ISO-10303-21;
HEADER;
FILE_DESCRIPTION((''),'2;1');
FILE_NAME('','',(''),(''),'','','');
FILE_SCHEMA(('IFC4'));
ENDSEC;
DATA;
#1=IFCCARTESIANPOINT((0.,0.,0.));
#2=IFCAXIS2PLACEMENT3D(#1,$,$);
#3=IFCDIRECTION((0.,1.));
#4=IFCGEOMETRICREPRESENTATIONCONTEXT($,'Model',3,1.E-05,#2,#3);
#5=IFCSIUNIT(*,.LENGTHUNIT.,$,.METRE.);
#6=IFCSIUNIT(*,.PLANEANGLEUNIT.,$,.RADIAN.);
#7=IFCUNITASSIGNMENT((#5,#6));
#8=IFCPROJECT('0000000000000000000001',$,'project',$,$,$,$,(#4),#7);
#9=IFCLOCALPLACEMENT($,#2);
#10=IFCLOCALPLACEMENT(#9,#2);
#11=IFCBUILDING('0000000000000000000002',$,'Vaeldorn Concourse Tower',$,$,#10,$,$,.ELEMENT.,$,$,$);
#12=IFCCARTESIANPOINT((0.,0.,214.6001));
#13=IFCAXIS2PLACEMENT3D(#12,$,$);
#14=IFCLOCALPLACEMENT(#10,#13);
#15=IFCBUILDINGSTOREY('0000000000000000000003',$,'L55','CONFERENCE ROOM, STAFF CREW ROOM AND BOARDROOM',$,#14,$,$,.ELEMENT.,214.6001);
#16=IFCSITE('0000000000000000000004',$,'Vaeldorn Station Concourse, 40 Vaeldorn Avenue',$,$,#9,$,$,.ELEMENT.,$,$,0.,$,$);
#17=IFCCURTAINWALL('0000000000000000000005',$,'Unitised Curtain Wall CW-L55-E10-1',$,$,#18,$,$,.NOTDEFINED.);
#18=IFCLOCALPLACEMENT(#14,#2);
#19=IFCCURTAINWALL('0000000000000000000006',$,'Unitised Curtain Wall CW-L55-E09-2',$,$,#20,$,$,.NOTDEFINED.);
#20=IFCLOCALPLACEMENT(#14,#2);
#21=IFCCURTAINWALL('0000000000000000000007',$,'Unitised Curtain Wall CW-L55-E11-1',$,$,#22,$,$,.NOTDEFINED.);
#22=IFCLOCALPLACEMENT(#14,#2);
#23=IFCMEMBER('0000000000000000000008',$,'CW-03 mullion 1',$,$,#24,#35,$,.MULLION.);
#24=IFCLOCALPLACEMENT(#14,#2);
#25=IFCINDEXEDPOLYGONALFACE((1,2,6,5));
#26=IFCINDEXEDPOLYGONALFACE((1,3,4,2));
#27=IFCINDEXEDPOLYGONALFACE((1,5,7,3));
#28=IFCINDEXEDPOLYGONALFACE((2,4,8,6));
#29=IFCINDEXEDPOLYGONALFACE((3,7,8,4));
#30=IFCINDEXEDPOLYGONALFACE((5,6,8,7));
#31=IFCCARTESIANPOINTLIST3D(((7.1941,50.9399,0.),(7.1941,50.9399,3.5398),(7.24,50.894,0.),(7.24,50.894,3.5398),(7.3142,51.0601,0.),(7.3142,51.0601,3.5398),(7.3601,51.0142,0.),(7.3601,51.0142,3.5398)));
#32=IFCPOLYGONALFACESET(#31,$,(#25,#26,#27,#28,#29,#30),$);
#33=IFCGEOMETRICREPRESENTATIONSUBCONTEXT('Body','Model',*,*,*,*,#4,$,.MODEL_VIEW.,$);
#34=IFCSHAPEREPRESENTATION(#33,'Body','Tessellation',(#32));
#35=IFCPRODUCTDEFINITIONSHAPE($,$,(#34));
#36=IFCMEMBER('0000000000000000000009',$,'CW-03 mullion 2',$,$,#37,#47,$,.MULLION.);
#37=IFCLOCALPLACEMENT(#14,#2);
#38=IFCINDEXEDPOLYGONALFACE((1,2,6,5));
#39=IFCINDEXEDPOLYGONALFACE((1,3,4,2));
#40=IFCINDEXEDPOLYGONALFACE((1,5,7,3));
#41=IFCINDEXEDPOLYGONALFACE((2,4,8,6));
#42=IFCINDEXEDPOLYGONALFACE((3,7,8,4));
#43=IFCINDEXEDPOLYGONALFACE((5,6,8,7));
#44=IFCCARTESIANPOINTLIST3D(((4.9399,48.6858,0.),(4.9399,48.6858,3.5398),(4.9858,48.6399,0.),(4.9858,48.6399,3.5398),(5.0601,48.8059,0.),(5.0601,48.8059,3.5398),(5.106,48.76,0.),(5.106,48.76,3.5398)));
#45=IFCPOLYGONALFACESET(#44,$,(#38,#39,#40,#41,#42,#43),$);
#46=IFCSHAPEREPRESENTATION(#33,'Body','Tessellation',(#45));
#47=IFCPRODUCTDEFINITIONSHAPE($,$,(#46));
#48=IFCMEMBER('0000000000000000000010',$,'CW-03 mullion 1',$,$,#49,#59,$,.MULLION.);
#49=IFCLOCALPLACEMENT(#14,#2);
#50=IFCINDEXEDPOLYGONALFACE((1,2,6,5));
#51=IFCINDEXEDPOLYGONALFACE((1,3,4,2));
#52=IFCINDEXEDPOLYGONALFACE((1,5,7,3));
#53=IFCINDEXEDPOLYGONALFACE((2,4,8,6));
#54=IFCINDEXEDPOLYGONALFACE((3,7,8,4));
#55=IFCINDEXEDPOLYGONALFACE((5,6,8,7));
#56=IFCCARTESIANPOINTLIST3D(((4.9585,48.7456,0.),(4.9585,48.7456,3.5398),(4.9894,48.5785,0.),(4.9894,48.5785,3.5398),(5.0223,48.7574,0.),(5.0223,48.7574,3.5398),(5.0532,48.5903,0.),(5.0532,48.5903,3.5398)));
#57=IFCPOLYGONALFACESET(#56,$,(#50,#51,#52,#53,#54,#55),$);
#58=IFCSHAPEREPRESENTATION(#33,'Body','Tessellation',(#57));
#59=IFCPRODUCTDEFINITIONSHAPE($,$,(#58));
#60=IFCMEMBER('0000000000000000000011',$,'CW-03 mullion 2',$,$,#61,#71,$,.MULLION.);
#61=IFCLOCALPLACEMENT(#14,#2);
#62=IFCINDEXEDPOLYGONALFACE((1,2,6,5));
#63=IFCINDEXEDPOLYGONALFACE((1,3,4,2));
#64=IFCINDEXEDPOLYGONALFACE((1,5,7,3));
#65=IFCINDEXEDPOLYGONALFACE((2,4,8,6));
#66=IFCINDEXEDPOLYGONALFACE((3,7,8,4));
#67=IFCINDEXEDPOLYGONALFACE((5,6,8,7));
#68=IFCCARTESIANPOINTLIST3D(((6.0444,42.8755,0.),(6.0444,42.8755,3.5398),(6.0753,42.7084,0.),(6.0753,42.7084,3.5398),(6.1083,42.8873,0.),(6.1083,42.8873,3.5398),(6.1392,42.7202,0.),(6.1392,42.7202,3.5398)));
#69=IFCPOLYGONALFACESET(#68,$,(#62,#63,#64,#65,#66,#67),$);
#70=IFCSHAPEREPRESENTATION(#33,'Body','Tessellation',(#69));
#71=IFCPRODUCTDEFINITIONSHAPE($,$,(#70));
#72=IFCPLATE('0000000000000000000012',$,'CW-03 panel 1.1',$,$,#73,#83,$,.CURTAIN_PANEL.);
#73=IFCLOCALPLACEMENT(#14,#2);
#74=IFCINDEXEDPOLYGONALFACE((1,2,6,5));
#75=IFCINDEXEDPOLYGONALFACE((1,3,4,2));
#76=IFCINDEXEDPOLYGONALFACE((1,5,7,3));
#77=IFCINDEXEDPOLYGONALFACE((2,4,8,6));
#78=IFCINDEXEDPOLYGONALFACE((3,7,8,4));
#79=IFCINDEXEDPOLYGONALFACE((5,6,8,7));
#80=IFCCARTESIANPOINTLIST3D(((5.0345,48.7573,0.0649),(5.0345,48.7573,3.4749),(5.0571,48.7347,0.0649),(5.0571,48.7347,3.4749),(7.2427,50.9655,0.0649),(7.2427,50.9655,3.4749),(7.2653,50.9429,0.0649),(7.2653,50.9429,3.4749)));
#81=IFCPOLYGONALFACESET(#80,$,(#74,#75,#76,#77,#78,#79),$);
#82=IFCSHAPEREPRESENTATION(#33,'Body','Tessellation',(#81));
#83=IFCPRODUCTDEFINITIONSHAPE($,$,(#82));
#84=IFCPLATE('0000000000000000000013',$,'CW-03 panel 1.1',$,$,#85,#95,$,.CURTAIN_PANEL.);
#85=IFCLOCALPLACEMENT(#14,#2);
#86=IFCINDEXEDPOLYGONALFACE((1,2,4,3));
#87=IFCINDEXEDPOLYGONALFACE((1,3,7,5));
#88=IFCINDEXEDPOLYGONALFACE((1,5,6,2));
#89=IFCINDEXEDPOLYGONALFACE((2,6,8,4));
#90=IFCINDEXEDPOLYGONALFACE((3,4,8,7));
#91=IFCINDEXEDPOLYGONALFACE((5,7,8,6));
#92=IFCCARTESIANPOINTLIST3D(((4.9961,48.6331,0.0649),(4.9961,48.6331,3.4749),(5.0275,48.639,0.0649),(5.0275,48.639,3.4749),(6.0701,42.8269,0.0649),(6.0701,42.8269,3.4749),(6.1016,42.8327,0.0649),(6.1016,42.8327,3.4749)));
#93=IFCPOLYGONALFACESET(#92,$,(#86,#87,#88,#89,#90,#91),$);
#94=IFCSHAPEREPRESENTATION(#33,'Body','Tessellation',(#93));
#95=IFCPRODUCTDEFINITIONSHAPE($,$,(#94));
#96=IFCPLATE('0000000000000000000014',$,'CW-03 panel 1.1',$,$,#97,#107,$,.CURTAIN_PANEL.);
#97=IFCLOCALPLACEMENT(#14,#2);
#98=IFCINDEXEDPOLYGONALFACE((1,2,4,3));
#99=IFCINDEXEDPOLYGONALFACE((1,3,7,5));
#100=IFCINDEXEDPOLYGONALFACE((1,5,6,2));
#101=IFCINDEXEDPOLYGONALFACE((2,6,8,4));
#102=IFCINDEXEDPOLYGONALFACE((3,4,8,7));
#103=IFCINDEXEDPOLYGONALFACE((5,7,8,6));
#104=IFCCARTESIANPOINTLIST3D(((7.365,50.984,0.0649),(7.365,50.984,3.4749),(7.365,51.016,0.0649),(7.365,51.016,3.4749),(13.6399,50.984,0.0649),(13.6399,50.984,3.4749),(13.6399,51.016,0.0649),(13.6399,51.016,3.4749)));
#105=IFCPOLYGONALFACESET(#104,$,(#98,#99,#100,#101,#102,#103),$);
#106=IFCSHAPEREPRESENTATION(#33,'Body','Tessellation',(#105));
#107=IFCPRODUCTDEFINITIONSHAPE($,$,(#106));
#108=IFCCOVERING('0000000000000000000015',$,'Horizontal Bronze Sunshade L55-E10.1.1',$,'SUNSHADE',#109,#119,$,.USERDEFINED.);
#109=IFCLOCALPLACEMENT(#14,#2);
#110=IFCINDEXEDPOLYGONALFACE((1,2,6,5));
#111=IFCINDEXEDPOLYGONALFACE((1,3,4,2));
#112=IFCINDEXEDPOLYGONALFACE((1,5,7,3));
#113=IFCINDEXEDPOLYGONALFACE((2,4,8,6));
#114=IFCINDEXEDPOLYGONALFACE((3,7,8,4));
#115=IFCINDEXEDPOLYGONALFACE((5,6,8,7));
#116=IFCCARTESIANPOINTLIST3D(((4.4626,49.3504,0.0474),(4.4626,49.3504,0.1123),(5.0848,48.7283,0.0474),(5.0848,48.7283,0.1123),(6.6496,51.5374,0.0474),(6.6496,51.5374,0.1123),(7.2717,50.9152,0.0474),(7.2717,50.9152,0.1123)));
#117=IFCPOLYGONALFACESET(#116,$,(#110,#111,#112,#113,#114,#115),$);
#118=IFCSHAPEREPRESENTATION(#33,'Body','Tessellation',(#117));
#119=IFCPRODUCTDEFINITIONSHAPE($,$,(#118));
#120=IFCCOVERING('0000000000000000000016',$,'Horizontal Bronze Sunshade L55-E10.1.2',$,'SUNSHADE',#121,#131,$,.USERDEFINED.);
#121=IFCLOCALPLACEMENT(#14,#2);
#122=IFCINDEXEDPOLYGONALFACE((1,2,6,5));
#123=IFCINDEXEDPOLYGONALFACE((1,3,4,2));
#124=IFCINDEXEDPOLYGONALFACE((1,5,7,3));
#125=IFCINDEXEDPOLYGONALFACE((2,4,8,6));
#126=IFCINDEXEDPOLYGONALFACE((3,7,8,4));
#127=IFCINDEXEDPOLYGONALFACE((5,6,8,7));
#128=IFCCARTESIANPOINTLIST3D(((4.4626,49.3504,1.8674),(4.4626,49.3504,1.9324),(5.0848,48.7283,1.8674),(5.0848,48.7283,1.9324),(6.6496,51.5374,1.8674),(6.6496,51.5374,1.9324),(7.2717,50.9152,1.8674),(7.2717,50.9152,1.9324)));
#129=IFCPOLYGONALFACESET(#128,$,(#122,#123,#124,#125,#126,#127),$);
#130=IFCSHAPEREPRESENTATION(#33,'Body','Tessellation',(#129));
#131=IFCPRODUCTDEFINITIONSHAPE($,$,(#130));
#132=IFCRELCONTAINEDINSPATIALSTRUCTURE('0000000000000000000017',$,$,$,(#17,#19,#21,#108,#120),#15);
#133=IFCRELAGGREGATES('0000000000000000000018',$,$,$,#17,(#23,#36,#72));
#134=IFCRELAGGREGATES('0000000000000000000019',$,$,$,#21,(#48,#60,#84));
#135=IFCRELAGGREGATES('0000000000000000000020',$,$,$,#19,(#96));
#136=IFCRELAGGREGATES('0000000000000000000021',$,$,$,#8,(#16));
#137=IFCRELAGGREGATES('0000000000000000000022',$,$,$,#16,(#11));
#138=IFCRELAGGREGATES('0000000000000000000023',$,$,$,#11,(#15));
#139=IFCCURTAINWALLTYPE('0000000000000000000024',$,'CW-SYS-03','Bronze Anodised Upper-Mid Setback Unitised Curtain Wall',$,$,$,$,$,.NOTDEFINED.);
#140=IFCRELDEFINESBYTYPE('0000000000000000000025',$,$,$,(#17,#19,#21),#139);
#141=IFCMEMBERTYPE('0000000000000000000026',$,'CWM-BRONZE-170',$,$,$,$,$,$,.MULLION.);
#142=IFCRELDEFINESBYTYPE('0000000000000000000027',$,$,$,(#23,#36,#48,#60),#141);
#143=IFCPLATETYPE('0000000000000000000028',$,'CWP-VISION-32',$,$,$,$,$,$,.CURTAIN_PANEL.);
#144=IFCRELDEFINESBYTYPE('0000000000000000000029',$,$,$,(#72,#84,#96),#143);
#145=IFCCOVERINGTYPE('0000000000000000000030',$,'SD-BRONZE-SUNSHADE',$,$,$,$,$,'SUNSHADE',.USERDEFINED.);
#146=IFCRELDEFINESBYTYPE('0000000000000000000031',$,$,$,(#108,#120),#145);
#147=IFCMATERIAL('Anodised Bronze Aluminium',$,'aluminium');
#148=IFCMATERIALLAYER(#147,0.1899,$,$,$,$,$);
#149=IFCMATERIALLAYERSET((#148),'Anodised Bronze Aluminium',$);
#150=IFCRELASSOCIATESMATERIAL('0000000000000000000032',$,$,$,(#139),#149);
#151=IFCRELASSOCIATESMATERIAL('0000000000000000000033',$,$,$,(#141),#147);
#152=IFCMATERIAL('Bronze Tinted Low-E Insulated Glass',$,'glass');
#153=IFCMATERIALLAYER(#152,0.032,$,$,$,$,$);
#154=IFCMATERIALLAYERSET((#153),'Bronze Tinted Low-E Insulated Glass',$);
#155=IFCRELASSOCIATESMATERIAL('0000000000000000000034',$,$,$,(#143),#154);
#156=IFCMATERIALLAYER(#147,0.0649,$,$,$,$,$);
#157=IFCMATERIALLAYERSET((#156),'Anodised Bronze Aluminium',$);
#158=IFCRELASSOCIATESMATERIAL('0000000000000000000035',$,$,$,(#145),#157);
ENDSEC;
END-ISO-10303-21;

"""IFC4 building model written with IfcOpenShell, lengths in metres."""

from ifc_helpers import new_model, si_unit, direction, frame, origin, origin_2d, place, context, subcontext, project, spatial, rectangle, extrude, source, transform, mapped, material, layer, layer_set, material_profile, profile_set, type_object, element, aggregate, save


model = new_model("IFC4")

# Units and contexts
model_context = context("Model", 3, precision=1e-05, world=origin(), true_north=direction((0.0, 1.0)))
body_context = subcontext(model_context, "Body", "Model", "MODEL_VIEW")
ifc_project = project(units=[si_unit("LENGTHUNIT", "METRE"), si_unit("PLANEANGLEUNIT", "RADIAN")], contexts=[model_context])

# Site, building, storey
site_placement = place(None, origin())
site = spatial("IfcSite", under=ifc_project, at=site_placement, Name="Vaeldorn Station Concourse, 40 Vaeldorn Avenue", CompositionType="ELEMENT", RefElevation=0.0)
building_placement = place(site_placement, origin())
building = spatial("IfcBuilding", under=site, at=building_placement, Name="Vaeldorn Concourse Tower", CompositionType="ELEMENT")
storey_placement = place(building_placement, frame((0.0, 0.0, 214.6001)))
storey = spatial("IfcBuildingStorey", under=building, at=storey_placement, Name="L55", Description="CONFERENCE ROOM, STAFF CREW ROOM AND BOARDROOM", CompositionType="ELEMENT", Elevation=214.6001)

# Curtain walls
ifc_material_1 = material(Name="Anodised Bronze Aluminium", Category="aluminium")
ifc_layer_1 = layer(ifc_material_1, 0.1899)
ifc_layer_set_1 = layer_set([ifc_layer_1], Name="Anodised Bronze Aluminium")
curtain_wall_type = type_object("IfcCurtainWallType", Name="CW-SYS-03", Description="Bronze Anodised Upper-Mid Setback Unitised Curtain Wall", PredefinedType="NOTDEFINED", material=ifc_layer_set_1)
curtain_wall_1_placement = place(storey_placement, origin())
curtain_wall_1 = element("IfcCurtainWall", 1, at=curtain_wall_1_placement, inside=storey, type_object=curtain_wall_type, Name="Unitised Curtain Wall CW-L55-E10-1", PredefinedType="NOTDEFINED")
curtain_wall_2_placement = place(storey_placement, origin())
curtain_wall_2 = element("IfcCurtainWall", 2, at=curtain_wall_2_placement, inside=storey, type_object=curtain_wall_type, Name="Unitised Curtain Wall CW-L55-E09-2", PredefinedType="NOTDEFINED")
curtain_wall_3_placement = place(storey_placement, origin())
curtain_wall_3 = element("IfcCurtainWall", 3, at=curtain_wall_3_placement, inside=storey, type_object=curtain_wall_type, Name="Unitised Curtain Wall CW-L55-E11-1", PredefinedType="NOTDEFINED")

# Members
ifc_material_profile_1 = material_profile(ifc_material_1, rectangle(XDim=0.0649, YDim=0.1699, at=origin_2d()), Name="CWM 65x170")
ifc_profile_set_1 = profile_set([ifc_material_profile_1], Name="Anodised Bronze Aluminium")
member_type_1 = type_object("IfcMemberType", Name="CWM-BRONZE-170", PredefinedType="MULLION", material=ifc_profile_set_1)
shared_shape_1 = source(origin(), body_context, "Body", "SweptSolid", [
    extrude(rectangle(XDim=0.0649, YDim=0.1699, at=origin_2d()), origin(), (0.0, 0.0, 1.0), 3.5398),
])
member_1_placement = place(storey_placement, frame((7.2771, 50.9771, 0.0), z_axis=(0.0, 0.0, 1.0), x_axis=(0.707107, -0.707107, 0.0)))
member_1 = element("IfcMember", 4, at=member_1_placement, type_object=member_type_1, Name="CW-03 mullion 1", PredefinedType="MULLION", context=body_context, shape_type="MappedRepresentation", body=[
    mapped(shared_shape_1, transform((0.0, 0.0, 0.0), scale=1.0)),
])
member_2_placement = place(storey_placement, frame((5.0229, 48.7229, 0.0), z_axis=(0.0, 0.0, 1.0), x_axis=(0.707107, -0.707107, 0.0)))
member_2 = element("IfcMember", 5, at=member_2_placement, type_object=member_type_1, Name="CW-03 mullion 2", PredefinedType="MULLION", context=body_context, shape_type="MappedRepresentation", body=[
    mapped(shared_shape_1, transform((0.0, 0.0, 0.0), scale=1.0)),
])
member_3_placement = place(storey_placement, frame((5.0059, 48.668, 0.0), z_axis=(0.0, 0.0, 1.0), x_axis=(0.983319, 0.181888, 0.0)))
member_3 = element("IfcMember", 6, at=member_3_placement, type_object=member_type_1, Name="CW-03 mullion 1", PredefinedType="MULLION", context=body_context, shape_type="MappedRepresentation", body=[
    mapped(shared_shape_1, transform((0.0, 0.0, 0.0), scale=1.0)),
])
member_4_placement = place(storey_placement, frame((6.0918, 42.7979, 0.0), z_axis=(0.0, 0.0, 1.0), x_axis=(0.983319, 0.181888, 0.0)))
member_4 = element("IfcMember", 7, at=member_4_placement, type_object=member_type_1, Name="CW-03 mullion 2", PredefinedType="MULLION", context=body_context, shape_type="MappedRepresentation", body=[
    mapped(shared_shape_1, transform((0.0, 0.0, 0.0), scale=1.0)),
])

# Plates
ifc_material_2 = material(Name="Bronze Tinted Low-E Insulated Glass", Category="glass")
ifc_layer_2 = layer(ifc_material_2, 0.032)
ifc_layer_set_2 = layer_set([ifc_layer_2], Name="Bronze Tinted Low-E Insulated Glass")
plate_type = type_object("IfcPlateType", Name="CWP-VISION-32", PredefinedType="CURTAIN_PANEL", material=ifc_layer_set_2)
shared_shape_2 = source(origin(), body_context, "Body", "SweptSolid", [
    extrude(rectangle(XDim=3.1228, YDim=0.032, at=origin_2d()), origin(), (0.0, 0.0, 1.0), 3.4099),
])
plate_1_placement = place(storey_placement, frame((6.1499, 49.8501, 0.0649), z_axis=(0.0, 0.0, 1.0), x_axis=(-0.707107, -0.707107, 0.0)))
plate_1 = element("IfcPlate", 8, at=plate_1_placement, type_object=plate_type, Name="CW-03 panel 1.1", PredefinedType="CURTAIN_PANEL", context=body_context, shape_type="MappedRepresentation", body=[
    mapped(shared_shape_2, transform((0.0, 0.0, 0.0), scale=1.0)),
])
aggregate(curtain_wall_1, [member_1, member_2, plate_1])
shared_shape_3 = source(origin(), body_context, "Body", "SweptSolid", [
    extrude(rectangle(XDim=5.9048, YDim=0.032, at=origin_2d()), origin(), (0.0, 0.0, 1.0), 3.4099),
])
plate_2_placement = place(storey_placement, frame((5.5488, 45.7329, 0.0649), z_axis=(0.0, 0.0, 1.0), x_axis=(0.181888, -0.983319, 0.0)))
plate_2 = element("IfcPlate", 9, at=plate_2_placement, type_object=plate_type, Name="CW-03 panel 1.1", PredefinedType="CURTAIN_PANEL", context=body_context, shape_type="MappedRepresentation", body=[
    mapped(shared_shape_3, transform((0.0, 0.0, 0.0), scale=1.0)),
])
aggregate(curtain_wall_3, [member_3, member_4, plate_2])
shared_shape_4 = source(origin(), body_context, "Body", "SweptSolid", [
    extrude(rectangle(XDim=6.2749, YDim=0.032, at=origin_2d()), origin(), (0.0, 0.0, 1.0), 3.4099),
])
plate_3_placement = place(storey_placement, frame((10.5024, 51.0, 0.0649), z_axis=(0.0, 0.0, 1.0), x_axis=(-1.0, 0.0, 0.0)))
plate_3 = element("IfcPlate", 10, at=plate_3_placement, type_object=plate_type, Name="CW-03 panel 1.1", PredefinedType="CURTAIN_PANEL", context=body_context, shape_type="MappedRepresentation", body=[
    mapped(shared_shape_4, transform((0.0, 0.0, 0.0), scale=1.0)),
])
aggregate(curtain_wall_2, [plate_3])

# Coverings
ifc_layer_3 = layer(ifc_material_1, 0.0649)
ifc_layer_set_3 = layer_set([ifc_layer_3], Name="Anodised Bronze Aluminium")
covering_type = type_object("IfcCoveringType", Name="SD-BRONZE-SUNSHADE", ElementType="SUNSHADE", PredefinedType="USERDEFINED", material=ifc_layer_set_3)
shared_shape_5 = source(origin(), body_context, "Body", "SweptSolid", [
    extrude(rectangle(XDim=3.0928, YDim=0.8799, at=origin_2d()), origin(), (0.0, 0.0, 1.0), 0.0649),
])
for number, where, z_axis, x_axis, name in (
    (11, (5.8672, 50.1328, 0.0474), (0.0, 0.0, 1.0), (-0.707107, -0.707107, 0.0), "Horizontal Bronze Sunshade L55-E10.1.1"),
    (12, (5.8672, 50.1328, 1.8674), (0.0, 0.0, 1.0), (-0.707107, -0.707107, 0.0), "Horizontal Bronze Sunshade L55-E10.1.2"),
):
    element("IfcCovering", number, at=place(storey_placement, frame(where, z_axis=z_axis, x_axis=x_axis)), inside=storey, type_object=covering_type, Name=name, ObjectType="SUNSHADE", PredefinedType="USERDEFINED", context=body_context, shape_type="MappedRepresentation", body=[
        mapped(shared_shape_5, transform((0.0, 0.0, 0.0), scale=1.0)),
    ])

save(model, "model.ifc")
